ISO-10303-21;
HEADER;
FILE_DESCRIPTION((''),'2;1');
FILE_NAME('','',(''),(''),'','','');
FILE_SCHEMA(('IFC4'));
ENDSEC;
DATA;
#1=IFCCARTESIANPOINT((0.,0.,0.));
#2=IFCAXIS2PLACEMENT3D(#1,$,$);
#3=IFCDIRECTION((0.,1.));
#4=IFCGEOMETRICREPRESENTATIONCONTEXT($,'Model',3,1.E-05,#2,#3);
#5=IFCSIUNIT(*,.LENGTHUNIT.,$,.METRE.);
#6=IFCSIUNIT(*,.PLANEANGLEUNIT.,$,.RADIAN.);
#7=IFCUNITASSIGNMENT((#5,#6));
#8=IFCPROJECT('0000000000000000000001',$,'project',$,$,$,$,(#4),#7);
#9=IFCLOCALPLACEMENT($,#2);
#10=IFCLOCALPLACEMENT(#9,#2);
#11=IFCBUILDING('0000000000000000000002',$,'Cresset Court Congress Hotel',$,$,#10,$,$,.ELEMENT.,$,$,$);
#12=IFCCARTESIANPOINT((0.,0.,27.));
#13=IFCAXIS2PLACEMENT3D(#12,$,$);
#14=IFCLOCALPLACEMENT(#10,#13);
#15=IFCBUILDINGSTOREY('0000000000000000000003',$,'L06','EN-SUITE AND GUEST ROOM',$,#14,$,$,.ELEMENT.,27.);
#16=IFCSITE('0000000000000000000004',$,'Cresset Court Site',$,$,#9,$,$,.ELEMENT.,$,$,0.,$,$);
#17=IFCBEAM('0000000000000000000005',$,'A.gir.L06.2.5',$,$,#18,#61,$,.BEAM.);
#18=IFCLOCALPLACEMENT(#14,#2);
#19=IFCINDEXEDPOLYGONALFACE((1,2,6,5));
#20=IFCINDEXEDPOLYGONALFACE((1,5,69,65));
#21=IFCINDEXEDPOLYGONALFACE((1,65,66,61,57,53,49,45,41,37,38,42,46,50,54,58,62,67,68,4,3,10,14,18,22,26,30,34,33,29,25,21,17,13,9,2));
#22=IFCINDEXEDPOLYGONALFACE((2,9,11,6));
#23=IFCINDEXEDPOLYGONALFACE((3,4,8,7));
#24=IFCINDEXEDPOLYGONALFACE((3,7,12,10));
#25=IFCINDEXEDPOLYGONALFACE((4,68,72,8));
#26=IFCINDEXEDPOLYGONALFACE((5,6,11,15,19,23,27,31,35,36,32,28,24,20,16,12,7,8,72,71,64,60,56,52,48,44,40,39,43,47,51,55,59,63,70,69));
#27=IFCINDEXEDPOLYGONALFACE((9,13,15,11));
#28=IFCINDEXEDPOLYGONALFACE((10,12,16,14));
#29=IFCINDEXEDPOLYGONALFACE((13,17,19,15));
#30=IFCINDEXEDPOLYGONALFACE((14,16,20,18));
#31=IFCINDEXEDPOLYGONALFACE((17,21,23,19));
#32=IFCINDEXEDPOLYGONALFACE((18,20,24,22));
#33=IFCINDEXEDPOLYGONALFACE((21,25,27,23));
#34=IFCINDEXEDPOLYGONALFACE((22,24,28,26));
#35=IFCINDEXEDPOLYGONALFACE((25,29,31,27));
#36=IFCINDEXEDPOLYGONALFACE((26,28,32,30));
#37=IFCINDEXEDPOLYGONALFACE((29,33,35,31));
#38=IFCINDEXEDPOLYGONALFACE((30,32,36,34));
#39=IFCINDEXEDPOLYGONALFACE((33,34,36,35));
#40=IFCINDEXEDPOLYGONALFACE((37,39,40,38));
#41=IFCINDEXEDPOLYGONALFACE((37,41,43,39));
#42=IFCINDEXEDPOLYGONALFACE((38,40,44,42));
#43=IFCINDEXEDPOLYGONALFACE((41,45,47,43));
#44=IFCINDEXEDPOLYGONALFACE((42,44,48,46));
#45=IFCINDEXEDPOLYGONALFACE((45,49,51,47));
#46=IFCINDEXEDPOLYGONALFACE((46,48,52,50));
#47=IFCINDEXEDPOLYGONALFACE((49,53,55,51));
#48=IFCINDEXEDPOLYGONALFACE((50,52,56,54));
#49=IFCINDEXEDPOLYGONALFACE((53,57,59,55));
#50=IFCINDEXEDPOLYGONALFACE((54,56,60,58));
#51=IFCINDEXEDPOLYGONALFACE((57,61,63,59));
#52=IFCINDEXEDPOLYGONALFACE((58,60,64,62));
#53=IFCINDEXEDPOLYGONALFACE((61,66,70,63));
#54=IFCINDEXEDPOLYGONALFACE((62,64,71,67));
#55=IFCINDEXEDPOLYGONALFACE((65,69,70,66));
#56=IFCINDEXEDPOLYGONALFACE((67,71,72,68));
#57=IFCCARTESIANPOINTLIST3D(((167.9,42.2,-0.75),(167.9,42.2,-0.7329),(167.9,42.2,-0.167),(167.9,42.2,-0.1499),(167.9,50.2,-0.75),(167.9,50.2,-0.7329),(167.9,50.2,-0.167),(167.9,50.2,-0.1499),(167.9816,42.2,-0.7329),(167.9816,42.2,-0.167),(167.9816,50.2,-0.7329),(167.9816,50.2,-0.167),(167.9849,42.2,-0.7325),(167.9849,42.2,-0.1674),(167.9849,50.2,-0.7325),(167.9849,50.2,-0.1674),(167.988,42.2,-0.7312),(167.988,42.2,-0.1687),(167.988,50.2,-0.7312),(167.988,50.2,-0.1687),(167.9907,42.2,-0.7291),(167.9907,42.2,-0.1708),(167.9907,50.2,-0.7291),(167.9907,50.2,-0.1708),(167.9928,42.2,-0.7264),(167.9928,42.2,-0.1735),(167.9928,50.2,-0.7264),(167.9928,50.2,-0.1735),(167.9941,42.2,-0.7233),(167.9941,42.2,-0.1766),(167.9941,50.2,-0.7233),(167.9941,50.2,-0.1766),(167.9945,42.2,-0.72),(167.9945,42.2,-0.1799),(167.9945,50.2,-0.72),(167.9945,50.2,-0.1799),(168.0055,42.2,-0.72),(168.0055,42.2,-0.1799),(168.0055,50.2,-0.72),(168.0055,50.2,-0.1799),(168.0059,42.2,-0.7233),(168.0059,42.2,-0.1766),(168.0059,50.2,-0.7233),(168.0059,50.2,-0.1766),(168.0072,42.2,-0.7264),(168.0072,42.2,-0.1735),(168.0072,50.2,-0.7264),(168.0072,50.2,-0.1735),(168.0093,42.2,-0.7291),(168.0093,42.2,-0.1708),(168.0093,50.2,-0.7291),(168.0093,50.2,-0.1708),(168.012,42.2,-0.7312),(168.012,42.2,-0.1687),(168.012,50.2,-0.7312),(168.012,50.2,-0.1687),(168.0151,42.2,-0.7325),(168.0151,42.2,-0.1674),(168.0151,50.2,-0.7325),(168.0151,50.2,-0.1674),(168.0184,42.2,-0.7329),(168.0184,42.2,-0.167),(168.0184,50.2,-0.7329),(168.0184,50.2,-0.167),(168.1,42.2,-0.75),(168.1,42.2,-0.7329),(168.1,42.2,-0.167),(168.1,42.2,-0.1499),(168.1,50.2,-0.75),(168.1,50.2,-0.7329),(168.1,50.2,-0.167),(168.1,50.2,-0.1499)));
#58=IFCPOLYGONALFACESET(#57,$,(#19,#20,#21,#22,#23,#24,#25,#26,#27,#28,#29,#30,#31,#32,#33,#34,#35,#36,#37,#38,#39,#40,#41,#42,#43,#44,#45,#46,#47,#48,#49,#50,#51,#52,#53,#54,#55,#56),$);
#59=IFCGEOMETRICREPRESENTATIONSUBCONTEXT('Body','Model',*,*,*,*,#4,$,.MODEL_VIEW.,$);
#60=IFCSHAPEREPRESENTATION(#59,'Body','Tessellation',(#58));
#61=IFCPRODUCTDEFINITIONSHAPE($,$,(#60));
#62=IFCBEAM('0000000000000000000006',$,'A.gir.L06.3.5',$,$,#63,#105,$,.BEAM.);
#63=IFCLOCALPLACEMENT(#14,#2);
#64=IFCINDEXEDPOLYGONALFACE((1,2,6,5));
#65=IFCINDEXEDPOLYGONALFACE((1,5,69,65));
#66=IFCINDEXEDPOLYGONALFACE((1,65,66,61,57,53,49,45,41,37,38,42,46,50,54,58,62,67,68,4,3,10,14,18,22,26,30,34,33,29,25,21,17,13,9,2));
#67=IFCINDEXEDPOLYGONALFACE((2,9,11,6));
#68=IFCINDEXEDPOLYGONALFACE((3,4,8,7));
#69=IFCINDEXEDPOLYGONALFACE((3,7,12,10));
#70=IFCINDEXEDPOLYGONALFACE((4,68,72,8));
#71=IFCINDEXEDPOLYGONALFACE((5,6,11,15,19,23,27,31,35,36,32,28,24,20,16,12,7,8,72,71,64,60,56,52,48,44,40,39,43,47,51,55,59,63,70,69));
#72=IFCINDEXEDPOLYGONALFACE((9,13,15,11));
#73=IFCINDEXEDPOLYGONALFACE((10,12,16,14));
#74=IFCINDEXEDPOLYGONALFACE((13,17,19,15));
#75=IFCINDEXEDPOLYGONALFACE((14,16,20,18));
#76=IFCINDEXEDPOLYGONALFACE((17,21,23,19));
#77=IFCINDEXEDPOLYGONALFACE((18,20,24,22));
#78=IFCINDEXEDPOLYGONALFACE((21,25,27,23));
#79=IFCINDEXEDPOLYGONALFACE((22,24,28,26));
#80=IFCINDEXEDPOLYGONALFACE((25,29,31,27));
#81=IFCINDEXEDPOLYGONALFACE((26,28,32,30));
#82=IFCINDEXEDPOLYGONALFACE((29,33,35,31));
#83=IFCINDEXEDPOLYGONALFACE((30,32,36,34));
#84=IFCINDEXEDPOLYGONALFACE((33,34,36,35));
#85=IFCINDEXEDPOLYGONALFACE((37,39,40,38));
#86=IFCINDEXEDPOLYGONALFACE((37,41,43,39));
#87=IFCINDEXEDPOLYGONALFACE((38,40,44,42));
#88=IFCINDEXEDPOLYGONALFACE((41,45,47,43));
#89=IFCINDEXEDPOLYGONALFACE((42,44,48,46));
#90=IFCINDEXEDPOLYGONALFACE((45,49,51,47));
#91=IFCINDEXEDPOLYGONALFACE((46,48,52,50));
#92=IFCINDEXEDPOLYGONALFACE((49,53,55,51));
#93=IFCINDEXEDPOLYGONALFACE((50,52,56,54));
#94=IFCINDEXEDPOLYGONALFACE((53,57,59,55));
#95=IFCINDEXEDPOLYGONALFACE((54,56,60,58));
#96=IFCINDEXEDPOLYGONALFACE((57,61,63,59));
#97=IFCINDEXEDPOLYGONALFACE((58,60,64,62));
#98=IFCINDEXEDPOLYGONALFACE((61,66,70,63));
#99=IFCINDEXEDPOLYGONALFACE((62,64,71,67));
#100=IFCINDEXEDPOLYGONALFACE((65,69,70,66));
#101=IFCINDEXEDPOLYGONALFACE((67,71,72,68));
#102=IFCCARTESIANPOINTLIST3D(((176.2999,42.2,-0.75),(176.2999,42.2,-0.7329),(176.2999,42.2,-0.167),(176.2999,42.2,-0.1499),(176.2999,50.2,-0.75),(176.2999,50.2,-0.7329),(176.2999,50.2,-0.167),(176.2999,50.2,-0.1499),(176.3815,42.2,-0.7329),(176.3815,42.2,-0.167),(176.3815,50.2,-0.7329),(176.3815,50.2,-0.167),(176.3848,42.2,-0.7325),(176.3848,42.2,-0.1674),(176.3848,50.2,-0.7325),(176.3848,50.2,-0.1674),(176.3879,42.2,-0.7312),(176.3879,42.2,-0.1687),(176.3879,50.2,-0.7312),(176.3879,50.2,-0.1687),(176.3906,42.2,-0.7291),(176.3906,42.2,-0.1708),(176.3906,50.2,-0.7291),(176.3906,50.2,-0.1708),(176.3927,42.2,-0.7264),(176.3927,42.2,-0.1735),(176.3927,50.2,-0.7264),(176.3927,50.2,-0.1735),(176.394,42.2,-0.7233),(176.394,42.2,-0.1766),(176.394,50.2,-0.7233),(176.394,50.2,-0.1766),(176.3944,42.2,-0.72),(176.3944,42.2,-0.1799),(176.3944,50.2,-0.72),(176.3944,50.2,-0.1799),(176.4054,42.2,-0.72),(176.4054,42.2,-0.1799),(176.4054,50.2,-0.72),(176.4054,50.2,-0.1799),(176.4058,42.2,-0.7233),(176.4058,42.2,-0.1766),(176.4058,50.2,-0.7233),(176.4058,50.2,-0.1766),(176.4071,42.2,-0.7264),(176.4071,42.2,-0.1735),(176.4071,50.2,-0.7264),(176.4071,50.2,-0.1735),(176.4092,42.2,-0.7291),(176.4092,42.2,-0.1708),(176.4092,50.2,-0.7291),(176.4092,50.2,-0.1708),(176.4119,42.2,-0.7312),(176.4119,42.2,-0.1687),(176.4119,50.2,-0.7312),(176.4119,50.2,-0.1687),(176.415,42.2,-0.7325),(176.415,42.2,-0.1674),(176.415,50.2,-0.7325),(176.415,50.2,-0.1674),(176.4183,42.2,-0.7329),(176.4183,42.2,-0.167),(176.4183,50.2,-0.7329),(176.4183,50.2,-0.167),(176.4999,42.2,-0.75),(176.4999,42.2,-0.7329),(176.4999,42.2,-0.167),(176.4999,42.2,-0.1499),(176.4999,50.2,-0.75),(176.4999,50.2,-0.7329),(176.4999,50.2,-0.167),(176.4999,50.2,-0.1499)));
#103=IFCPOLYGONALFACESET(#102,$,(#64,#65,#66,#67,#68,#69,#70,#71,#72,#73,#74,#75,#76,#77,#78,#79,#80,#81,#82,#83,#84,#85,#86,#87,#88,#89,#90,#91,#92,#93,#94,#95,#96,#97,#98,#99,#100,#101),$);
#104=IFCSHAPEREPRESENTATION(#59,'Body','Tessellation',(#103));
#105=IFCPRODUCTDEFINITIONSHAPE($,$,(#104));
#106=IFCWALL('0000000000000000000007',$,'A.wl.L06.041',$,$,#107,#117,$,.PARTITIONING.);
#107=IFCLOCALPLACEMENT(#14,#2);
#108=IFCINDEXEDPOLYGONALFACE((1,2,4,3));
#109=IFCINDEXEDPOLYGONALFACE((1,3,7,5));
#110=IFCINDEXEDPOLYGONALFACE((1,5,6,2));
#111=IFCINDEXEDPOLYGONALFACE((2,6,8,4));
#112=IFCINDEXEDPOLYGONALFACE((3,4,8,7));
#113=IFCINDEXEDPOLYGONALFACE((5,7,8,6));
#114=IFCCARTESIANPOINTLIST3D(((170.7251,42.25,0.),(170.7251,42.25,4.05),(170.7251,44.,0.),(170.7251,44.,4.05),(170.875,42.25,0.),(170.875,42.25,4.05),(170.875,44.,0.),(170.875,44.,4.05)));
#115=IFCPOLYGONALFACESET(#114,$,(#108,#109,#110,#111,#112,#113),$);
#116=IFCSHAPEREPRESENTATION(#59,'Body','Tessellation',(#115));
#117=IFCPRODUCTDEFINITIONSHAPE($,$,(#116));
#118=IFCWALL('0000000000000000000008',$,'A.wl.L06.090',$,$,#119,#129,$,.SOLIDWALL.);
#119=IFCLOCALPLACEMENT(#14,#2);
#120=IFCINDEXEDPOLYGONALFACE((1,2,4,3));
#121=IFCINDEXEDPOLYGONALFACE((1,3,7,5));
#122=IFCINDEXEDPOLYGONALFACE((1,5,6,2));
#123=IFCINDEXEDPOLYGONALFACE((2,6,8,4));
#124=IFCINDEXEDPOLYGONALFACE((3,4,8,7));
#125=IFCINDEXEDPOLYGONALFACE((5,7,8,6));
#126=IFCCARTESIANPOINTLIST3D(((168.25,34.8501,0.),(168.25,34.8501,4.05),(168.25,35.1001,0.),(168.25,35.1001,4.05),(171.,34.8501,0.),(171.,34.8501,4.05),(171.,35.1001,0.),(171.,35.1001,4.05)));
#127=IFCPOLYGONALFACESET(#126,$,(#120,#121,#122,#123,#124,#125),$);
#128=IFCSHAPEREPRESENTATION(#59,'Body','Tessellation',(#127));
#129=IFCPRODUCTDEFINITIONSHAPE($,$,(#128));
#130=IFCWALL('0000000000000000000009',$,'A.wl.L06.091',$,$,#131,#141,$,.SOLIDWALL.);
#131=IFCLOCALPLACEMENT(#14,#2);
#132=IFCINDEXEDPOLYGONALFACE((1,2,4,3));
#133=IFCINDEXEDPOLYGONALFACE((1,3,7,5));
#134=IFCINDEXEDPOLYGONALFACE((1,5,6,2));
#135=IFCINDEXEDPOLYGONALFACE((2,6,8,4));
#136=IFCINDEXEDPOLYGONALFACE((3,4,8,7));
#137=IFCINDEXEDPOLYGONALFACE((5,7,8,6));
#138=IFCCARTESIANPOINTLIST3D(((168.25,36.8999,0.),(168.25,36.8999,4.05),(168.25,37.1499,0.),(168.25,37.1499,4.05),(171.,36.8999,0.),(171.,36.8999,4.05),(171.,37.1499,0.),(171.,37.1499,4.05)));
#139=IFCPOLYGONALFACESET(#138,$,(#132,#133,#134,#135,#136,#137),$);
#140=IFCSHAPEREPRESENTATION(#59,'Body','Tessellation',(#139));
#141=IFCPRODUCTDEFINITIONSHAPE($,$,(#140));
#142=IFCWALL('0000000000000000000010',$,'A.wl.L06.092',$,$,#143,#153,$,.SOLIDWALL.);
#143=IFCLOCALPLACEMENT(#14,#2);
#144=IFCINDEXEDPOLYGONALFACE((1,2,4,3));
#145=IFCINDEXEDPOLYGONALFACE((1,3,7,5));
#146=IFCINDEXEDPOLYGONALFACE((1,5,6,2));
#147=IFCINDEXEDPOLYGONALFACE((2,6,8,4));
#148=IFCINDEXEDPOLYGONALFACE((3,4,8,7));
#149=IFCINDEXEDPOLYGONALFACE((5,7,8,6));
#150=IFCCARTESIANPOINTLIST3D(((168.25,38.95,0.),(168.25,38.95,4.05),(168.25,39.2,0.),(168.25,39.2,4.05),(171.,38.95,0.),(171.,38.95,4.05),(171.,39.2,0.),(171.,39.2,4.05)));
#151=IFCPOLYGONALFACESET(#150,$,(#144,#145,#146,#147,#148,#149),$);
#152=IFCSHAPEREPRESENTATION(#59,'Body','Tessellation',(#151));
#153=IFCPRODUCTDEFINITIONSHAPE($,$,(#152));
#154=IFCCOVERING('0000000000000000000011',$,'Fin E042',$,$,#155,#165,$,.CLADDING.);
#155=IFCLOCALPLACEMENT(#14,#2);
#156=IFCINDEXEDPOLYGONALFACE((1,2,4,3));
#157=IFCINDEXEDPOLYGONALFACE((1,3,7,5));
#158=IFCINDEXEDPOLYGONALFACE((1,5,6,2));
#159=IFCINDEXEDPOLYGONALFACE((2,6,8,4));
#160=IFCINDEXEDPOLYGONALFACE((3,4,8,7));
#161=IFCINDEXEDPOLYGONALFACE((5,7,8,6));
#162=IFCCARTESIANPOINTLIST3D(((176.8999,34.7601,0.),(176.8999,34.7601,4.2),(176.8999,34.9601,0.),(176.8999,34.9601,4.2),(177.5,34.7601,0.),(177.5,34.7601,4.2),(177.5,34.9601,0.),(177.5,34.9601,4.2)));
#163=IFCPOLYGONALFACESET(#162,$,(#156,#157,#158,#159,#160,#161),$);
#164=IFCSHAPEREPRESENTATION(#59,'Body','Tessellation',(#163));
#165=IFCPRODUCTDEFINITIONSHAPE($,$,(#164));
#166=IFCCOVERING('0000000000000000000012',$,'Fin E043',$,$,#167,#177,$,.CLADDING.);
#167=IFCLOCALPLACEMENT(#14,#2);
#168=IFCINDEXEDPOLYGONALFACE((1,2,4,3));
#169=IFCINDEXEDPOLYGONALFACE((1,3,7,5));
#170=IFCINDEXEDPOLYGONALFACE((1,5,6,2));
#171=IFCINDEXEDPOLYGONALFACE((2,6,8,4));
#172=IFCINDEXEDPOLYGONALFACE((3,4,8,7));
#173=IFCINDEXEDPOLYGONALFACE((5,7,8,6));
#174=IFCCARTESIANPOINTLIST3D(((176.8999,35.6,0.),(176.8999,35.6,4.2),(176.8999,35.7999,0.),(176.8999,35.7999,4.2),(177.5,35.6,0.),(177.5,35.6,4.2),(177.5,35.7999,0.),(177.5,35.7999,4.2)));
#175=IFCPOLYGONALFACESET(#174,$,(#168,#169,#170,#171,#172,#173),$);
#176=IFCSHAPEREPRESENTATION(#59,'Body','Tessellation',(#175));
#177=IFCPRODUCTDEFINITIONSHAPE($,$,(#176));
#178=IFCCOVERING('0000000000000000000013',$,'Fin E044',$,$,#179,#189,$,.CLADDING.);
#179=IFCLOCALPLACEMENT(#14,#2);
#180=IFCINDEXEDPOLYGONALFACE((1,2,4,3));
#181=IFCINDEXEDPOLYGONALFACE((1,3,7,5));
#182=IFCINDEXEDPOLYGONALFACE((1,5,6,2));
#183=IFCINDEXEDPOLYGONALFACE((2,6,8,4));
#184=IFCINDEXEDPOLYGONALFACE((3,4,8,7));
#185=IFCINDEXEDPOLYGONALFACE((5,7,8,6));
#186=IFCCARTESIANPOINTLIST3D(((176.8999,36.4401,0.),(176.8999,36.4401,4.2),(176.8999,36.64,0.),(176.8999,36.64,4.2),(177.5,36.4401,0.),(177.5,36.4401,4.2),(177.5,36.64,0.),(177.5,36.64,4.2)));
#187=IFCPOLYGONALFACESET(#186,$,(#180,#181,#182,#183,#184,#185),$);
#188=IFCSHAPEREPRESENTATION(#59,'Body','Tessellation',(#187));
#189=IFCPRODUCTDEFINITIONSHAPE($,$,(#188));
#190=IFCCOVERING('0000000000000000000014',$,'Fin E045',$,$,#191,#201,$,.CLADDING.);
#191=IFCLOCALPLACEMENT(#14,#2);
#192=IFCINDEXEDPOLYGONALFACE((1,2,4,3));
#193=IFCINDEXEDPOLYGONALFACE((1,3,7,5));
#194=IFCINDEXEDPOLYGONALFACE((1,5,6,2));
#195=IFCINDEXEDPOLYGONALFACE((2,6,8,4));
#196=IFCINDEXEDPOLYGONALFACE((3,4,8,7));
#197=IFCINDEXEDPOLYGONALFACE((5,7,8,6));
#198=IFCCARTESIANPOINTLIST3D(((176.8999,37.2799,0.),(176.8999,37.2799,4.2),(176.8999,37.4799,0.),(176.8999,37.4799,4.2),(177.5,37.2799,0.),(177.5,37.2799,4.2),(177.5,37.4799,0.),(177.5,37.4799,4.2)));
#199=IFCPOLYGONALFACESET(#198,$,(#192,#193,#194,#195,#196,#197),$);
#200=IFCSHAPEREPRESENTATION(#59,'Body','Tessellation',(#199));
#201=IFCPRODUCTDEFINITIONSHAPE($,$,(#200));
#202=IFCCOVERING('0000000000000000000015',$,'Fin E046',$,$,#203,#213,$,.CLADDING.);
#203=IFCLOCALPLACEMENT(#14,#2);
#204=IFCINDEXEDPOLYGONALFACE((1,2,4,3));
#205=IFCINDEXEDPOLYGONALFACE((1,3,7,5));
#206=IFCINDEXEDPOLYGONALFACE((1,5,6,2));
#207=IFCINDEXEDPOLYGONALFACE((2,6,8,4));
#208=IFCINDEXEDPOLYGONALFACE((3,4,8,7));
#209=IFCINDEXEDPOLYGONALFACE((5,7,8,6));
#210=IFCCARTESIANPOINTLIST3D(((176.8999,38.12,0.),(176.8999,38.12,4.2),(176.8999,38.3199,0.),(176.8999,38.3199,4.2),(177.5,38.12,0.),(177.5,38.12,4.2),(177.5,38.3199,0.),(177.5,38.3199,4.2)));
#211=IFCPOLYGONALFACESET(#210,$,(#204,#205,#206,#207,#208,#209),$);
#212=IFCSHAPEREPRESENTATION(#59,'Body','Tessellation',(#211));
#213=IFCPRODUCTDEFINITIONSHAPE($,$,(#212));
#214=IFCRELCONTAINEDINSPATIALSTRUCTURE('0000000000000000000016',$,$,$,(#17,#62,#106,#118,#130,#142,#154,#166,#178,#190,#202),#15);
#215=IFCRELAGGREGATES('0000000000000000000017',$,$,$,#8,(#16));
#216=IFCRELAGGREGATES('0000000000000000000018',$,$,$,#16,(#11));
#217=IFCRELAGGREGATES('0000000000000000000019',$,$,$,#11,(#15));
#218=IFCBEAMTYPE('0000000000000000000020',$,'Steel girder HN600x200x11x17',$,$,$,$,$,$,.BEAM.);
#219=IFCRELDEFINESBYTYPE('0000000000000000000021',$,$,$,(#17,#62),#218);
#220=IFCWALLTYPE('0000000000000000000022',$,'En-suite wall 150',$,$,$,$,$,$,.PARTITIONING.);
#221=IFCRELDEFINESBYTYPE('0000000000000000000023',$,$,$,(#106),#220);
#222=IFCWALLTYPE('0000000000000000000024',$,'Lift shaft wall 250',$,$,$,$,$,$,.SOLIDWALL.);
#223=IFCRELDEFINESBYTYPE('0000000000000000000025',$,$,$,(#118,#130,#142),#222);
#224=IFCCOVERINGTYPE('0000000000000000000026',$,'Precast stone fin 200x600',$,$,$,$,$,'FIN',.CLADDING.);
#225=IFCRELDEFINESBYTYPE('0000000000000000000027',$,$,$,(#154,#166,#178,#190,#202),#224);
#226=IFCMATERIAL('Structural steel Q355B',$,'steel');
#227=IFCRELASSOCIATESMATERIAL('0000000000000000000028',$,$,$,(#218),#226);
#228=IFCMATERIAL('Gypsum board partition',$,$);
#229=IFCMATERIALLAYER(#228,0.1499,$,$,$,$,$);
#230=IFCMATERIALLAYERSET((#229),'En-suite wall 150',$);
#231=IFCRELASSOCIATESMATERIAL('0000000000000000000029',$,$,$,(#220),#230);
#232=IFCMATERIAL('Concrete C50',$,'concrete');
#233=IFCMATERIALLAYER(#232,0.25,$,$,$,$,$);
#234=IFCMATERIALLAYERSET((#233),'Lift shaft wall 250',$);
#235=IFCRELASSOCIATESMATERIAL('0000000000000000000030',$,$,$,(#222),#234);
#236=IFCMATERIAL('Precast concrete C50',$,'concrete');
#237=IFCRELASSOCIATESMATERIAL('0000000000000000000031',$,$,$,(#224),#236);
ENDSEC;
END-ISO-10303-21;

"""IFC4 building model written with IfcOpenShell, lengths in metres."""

from ifc_helpers import new_model, si_unit, direction, frame, frame_2d, origin, origin_2d, place, context, subcontext, project, spatial, rectangle, i_section, extrude, material, layer, layer_set, material_profile, profile_set, type_object, element, save


model = new_model("IFC4")

# Units and contexts
model_context = context("Model", 3, precision=1e-05, world=origin(), true_north=direction((0.0, 1.0)))
body_context = subcontext(model_context, "Body", "Model", "MODEL_VIEW")
ifc_project = project(units=[si_unit("LENGTHUNIT", "METRE"), si_unit("PLANEANGLEUNIT", "RADIAN")], contexts=[model_context])

# Site, building, storey
site_placement = place(None, origin())
site = spatial("IfcSite", under=ifc_project, at=site_placement, Name="Cresset Court Site", CompositionType="ELEMENT", RefElevation=0.0)
building_placement = place(site_placement, origin())
building = spatial("IfcBuilding", under=site, at=building_placement, Name="Cresset Court Congress Hotel", CompositionType="ELEMENT")
storey_placement = place(building_placement, frame((0.0, 0.0, 27.0)))
storey = spatial("IfcBuildingStorey", under=building, at=storey_placement, Name="L06", Description="EN-SUITE AND GUEST ROOM", CompositionType="ELEMENT", Elevation=27.0)

# Beams
ifc_material_1 = material(Name="Structural steel Q355B", Category="steel")
ifc_material_profile = material_profile(ifc_material_1, i_section(OverallWidth=0.2, OverallDepth=0.6001, WebThickness=0.011, FlangeThickness=0.0171, FilletRadius=0.0129, at=origin_2d()), Name="HN600x200x11x17")
ifc_profile_set = profile_set([ifc_material_profile], Name="Structural steel Q355B")
beam_type = type_object("IfcBeamType", Name="Steel girder HN600x200x11x17", PredefinedType="BEAM", material=ifc_profile_set)
for number, where, z_axis, x_axis, name in (
    (1, (168.0, 42.2, -0.45), (0.0, 1.0, 0.0), (-1.0, 0.0, 0.0), "A.gir.L06.2.5"),
    (2, (176.3999, 42.2, -0.45), (0.0, 1.0, 0.0), (-1.0, 0.0, 0.0), "A.gir.L06.3.5"),
):
    element("IfcBeam", number, at=place(storey_placement, frame(where, z_axis=z_axis, x_axis=x_axis)), inside=storey, type_object=beam_type, Name=name, PredefinedType="BEAM", context=body_context, shape_type="SweptSolid", body=[
        extrude(i_section(OverallWidth=0.2, OverallDepth=0.6001, WebThickness=0.011, FlangeThickness=0.0171, FilletRadius=0.0129, at=origin_2d()), origin(), (0.0, 0.0, 1.0), 8.0),
    ])

# Walls
ifc_material_2 = material(Name="Gypsum board partition")
ifc_layer_1 = layer(ifc_material_2, 0.1499)
ifc_layer_set_1 = layer_set([ifc_layer_1], Name="En-suite wall 150")
wall_type_1 = type_object("IfcWallType", Name="En-suite wall 150", PredefinedType="PARTITIONING", material=ifc_layer_set_1)
wall_1_placement = place(storey_placement, frame((170.8, 42.25, 0.0), z_axis=(0.0, 0.0, 1.0), x_axis=(0.0, 1.0, 0.0)))
element("IfcWall", 3, at=wall_1_placement, inside=storey, type_object=wall_type_1, Name="A.wl.L06.041", PredefinedType="PARTITIONING", context=body_context, shape_type="SweptSolid", body=[
    extrude(rectangle(XDim=1.75, YDim=0.1499, at=frame_2d((0.875, 0.0))), origin(), (0.0, 0.0, 1.0), 4.05),
])
ifc_material_3 = material(Name="Concrete C50", Category="concrete")
ifc_layer_2 = layer(ifc_material_3, 0.25)
ifc_layer_set_2 = layer_set([ifc_layer_2], Name="Lift shaft wall 250")
wall_type_2 = type_object("IfcWallType", Name="Lift shaft wall 250", PredefinedType="SOLIDWALL", material=ifc_layer_set_2)
for number, where, z_axis, x_axis, name in (
    (4, (168.25, 34.9751, 0.0), (0.0, 0.0, 1.0), (1.0, 0.0, 0.0), "A.wl.L06.090"),
    (5, (168.25, 37.0249, 0.0), (0.0, 0.0, 1.0), (1.0, 0.0, 0.0), "A.wl.L06.091"),
    (6, (168.25, 39.075, 0.0), (0.0, 0.0, 1.0), (1.0, 0.0, 0.0), "A.wl.L06.092"),
):
    element("IfcWall", number, at=place(storey_placement, frame(where, z_axis=z_axis, x_axis=x_axis)), inside=storey, type_object=wall_type_2, Name=name, PredefinedType="SOLIDWALL", context=body_context, shape_type="SweptSolid", body=[
        extrude(rectangle(XDim=2.75, YDim=0.25, at=frame_2d((1.375, 0.0))), origin(), (0.0, 0.0, 1.0), 4.05),
    ])

# Coverings
ifc_material_4 = material(Name="Precast concrete C50", Category="concrete")
covering_type_1 = type_object("IfcCoveringType", Name="Precast stone fin 200x600", ElementType="FIN", PredefinedType="CLADDING", material=ifc_material_4)
for number, where, z_axis, x_axis, name in (
    (7, (177.2, 34.8601, 0.0), (0.0, 0.0, 1.0), (1.0, 0.0, 0.0), "Fin E042"),
    (8, (177.2, 35.7, 0.0), (0.0, 0.0, 1.0), (1.0, 0.0, 0.0), "Fin E043"),
    (9, (177.2, 36.54, 0.0), (0.0, 0.0, 1.0), (1.0, 0.0, 0.0), "Fin E044"),
    (10, (177.2, 37.3799, 0.0), (0.0, 0.0, 1.0), (1.0, 0.0, 0.0), "Fin E045"),
    (11, (177.2, 38.22, 0.0), (0.0, 0.0, 1.0), (1.0, 0.0, 0.0), "Fin E046"),
):
    element("IfcCovering", number, at=place(storey_placement, frame(where, z_axis=z_axis, x_axis=x_axis)), inside=storey, type_object=covering_type_1, Name=name, PredefinedType="CLADDING", context=body_context, shape_type="SweptSolid", body=[
        extrude(rectangle(XDim=0.6001, YDim=0.2, at=origin_2d()), origin(), (0.0, 0.0, 1.0), 4.2),
    ])

save(model, "model.ifc")
